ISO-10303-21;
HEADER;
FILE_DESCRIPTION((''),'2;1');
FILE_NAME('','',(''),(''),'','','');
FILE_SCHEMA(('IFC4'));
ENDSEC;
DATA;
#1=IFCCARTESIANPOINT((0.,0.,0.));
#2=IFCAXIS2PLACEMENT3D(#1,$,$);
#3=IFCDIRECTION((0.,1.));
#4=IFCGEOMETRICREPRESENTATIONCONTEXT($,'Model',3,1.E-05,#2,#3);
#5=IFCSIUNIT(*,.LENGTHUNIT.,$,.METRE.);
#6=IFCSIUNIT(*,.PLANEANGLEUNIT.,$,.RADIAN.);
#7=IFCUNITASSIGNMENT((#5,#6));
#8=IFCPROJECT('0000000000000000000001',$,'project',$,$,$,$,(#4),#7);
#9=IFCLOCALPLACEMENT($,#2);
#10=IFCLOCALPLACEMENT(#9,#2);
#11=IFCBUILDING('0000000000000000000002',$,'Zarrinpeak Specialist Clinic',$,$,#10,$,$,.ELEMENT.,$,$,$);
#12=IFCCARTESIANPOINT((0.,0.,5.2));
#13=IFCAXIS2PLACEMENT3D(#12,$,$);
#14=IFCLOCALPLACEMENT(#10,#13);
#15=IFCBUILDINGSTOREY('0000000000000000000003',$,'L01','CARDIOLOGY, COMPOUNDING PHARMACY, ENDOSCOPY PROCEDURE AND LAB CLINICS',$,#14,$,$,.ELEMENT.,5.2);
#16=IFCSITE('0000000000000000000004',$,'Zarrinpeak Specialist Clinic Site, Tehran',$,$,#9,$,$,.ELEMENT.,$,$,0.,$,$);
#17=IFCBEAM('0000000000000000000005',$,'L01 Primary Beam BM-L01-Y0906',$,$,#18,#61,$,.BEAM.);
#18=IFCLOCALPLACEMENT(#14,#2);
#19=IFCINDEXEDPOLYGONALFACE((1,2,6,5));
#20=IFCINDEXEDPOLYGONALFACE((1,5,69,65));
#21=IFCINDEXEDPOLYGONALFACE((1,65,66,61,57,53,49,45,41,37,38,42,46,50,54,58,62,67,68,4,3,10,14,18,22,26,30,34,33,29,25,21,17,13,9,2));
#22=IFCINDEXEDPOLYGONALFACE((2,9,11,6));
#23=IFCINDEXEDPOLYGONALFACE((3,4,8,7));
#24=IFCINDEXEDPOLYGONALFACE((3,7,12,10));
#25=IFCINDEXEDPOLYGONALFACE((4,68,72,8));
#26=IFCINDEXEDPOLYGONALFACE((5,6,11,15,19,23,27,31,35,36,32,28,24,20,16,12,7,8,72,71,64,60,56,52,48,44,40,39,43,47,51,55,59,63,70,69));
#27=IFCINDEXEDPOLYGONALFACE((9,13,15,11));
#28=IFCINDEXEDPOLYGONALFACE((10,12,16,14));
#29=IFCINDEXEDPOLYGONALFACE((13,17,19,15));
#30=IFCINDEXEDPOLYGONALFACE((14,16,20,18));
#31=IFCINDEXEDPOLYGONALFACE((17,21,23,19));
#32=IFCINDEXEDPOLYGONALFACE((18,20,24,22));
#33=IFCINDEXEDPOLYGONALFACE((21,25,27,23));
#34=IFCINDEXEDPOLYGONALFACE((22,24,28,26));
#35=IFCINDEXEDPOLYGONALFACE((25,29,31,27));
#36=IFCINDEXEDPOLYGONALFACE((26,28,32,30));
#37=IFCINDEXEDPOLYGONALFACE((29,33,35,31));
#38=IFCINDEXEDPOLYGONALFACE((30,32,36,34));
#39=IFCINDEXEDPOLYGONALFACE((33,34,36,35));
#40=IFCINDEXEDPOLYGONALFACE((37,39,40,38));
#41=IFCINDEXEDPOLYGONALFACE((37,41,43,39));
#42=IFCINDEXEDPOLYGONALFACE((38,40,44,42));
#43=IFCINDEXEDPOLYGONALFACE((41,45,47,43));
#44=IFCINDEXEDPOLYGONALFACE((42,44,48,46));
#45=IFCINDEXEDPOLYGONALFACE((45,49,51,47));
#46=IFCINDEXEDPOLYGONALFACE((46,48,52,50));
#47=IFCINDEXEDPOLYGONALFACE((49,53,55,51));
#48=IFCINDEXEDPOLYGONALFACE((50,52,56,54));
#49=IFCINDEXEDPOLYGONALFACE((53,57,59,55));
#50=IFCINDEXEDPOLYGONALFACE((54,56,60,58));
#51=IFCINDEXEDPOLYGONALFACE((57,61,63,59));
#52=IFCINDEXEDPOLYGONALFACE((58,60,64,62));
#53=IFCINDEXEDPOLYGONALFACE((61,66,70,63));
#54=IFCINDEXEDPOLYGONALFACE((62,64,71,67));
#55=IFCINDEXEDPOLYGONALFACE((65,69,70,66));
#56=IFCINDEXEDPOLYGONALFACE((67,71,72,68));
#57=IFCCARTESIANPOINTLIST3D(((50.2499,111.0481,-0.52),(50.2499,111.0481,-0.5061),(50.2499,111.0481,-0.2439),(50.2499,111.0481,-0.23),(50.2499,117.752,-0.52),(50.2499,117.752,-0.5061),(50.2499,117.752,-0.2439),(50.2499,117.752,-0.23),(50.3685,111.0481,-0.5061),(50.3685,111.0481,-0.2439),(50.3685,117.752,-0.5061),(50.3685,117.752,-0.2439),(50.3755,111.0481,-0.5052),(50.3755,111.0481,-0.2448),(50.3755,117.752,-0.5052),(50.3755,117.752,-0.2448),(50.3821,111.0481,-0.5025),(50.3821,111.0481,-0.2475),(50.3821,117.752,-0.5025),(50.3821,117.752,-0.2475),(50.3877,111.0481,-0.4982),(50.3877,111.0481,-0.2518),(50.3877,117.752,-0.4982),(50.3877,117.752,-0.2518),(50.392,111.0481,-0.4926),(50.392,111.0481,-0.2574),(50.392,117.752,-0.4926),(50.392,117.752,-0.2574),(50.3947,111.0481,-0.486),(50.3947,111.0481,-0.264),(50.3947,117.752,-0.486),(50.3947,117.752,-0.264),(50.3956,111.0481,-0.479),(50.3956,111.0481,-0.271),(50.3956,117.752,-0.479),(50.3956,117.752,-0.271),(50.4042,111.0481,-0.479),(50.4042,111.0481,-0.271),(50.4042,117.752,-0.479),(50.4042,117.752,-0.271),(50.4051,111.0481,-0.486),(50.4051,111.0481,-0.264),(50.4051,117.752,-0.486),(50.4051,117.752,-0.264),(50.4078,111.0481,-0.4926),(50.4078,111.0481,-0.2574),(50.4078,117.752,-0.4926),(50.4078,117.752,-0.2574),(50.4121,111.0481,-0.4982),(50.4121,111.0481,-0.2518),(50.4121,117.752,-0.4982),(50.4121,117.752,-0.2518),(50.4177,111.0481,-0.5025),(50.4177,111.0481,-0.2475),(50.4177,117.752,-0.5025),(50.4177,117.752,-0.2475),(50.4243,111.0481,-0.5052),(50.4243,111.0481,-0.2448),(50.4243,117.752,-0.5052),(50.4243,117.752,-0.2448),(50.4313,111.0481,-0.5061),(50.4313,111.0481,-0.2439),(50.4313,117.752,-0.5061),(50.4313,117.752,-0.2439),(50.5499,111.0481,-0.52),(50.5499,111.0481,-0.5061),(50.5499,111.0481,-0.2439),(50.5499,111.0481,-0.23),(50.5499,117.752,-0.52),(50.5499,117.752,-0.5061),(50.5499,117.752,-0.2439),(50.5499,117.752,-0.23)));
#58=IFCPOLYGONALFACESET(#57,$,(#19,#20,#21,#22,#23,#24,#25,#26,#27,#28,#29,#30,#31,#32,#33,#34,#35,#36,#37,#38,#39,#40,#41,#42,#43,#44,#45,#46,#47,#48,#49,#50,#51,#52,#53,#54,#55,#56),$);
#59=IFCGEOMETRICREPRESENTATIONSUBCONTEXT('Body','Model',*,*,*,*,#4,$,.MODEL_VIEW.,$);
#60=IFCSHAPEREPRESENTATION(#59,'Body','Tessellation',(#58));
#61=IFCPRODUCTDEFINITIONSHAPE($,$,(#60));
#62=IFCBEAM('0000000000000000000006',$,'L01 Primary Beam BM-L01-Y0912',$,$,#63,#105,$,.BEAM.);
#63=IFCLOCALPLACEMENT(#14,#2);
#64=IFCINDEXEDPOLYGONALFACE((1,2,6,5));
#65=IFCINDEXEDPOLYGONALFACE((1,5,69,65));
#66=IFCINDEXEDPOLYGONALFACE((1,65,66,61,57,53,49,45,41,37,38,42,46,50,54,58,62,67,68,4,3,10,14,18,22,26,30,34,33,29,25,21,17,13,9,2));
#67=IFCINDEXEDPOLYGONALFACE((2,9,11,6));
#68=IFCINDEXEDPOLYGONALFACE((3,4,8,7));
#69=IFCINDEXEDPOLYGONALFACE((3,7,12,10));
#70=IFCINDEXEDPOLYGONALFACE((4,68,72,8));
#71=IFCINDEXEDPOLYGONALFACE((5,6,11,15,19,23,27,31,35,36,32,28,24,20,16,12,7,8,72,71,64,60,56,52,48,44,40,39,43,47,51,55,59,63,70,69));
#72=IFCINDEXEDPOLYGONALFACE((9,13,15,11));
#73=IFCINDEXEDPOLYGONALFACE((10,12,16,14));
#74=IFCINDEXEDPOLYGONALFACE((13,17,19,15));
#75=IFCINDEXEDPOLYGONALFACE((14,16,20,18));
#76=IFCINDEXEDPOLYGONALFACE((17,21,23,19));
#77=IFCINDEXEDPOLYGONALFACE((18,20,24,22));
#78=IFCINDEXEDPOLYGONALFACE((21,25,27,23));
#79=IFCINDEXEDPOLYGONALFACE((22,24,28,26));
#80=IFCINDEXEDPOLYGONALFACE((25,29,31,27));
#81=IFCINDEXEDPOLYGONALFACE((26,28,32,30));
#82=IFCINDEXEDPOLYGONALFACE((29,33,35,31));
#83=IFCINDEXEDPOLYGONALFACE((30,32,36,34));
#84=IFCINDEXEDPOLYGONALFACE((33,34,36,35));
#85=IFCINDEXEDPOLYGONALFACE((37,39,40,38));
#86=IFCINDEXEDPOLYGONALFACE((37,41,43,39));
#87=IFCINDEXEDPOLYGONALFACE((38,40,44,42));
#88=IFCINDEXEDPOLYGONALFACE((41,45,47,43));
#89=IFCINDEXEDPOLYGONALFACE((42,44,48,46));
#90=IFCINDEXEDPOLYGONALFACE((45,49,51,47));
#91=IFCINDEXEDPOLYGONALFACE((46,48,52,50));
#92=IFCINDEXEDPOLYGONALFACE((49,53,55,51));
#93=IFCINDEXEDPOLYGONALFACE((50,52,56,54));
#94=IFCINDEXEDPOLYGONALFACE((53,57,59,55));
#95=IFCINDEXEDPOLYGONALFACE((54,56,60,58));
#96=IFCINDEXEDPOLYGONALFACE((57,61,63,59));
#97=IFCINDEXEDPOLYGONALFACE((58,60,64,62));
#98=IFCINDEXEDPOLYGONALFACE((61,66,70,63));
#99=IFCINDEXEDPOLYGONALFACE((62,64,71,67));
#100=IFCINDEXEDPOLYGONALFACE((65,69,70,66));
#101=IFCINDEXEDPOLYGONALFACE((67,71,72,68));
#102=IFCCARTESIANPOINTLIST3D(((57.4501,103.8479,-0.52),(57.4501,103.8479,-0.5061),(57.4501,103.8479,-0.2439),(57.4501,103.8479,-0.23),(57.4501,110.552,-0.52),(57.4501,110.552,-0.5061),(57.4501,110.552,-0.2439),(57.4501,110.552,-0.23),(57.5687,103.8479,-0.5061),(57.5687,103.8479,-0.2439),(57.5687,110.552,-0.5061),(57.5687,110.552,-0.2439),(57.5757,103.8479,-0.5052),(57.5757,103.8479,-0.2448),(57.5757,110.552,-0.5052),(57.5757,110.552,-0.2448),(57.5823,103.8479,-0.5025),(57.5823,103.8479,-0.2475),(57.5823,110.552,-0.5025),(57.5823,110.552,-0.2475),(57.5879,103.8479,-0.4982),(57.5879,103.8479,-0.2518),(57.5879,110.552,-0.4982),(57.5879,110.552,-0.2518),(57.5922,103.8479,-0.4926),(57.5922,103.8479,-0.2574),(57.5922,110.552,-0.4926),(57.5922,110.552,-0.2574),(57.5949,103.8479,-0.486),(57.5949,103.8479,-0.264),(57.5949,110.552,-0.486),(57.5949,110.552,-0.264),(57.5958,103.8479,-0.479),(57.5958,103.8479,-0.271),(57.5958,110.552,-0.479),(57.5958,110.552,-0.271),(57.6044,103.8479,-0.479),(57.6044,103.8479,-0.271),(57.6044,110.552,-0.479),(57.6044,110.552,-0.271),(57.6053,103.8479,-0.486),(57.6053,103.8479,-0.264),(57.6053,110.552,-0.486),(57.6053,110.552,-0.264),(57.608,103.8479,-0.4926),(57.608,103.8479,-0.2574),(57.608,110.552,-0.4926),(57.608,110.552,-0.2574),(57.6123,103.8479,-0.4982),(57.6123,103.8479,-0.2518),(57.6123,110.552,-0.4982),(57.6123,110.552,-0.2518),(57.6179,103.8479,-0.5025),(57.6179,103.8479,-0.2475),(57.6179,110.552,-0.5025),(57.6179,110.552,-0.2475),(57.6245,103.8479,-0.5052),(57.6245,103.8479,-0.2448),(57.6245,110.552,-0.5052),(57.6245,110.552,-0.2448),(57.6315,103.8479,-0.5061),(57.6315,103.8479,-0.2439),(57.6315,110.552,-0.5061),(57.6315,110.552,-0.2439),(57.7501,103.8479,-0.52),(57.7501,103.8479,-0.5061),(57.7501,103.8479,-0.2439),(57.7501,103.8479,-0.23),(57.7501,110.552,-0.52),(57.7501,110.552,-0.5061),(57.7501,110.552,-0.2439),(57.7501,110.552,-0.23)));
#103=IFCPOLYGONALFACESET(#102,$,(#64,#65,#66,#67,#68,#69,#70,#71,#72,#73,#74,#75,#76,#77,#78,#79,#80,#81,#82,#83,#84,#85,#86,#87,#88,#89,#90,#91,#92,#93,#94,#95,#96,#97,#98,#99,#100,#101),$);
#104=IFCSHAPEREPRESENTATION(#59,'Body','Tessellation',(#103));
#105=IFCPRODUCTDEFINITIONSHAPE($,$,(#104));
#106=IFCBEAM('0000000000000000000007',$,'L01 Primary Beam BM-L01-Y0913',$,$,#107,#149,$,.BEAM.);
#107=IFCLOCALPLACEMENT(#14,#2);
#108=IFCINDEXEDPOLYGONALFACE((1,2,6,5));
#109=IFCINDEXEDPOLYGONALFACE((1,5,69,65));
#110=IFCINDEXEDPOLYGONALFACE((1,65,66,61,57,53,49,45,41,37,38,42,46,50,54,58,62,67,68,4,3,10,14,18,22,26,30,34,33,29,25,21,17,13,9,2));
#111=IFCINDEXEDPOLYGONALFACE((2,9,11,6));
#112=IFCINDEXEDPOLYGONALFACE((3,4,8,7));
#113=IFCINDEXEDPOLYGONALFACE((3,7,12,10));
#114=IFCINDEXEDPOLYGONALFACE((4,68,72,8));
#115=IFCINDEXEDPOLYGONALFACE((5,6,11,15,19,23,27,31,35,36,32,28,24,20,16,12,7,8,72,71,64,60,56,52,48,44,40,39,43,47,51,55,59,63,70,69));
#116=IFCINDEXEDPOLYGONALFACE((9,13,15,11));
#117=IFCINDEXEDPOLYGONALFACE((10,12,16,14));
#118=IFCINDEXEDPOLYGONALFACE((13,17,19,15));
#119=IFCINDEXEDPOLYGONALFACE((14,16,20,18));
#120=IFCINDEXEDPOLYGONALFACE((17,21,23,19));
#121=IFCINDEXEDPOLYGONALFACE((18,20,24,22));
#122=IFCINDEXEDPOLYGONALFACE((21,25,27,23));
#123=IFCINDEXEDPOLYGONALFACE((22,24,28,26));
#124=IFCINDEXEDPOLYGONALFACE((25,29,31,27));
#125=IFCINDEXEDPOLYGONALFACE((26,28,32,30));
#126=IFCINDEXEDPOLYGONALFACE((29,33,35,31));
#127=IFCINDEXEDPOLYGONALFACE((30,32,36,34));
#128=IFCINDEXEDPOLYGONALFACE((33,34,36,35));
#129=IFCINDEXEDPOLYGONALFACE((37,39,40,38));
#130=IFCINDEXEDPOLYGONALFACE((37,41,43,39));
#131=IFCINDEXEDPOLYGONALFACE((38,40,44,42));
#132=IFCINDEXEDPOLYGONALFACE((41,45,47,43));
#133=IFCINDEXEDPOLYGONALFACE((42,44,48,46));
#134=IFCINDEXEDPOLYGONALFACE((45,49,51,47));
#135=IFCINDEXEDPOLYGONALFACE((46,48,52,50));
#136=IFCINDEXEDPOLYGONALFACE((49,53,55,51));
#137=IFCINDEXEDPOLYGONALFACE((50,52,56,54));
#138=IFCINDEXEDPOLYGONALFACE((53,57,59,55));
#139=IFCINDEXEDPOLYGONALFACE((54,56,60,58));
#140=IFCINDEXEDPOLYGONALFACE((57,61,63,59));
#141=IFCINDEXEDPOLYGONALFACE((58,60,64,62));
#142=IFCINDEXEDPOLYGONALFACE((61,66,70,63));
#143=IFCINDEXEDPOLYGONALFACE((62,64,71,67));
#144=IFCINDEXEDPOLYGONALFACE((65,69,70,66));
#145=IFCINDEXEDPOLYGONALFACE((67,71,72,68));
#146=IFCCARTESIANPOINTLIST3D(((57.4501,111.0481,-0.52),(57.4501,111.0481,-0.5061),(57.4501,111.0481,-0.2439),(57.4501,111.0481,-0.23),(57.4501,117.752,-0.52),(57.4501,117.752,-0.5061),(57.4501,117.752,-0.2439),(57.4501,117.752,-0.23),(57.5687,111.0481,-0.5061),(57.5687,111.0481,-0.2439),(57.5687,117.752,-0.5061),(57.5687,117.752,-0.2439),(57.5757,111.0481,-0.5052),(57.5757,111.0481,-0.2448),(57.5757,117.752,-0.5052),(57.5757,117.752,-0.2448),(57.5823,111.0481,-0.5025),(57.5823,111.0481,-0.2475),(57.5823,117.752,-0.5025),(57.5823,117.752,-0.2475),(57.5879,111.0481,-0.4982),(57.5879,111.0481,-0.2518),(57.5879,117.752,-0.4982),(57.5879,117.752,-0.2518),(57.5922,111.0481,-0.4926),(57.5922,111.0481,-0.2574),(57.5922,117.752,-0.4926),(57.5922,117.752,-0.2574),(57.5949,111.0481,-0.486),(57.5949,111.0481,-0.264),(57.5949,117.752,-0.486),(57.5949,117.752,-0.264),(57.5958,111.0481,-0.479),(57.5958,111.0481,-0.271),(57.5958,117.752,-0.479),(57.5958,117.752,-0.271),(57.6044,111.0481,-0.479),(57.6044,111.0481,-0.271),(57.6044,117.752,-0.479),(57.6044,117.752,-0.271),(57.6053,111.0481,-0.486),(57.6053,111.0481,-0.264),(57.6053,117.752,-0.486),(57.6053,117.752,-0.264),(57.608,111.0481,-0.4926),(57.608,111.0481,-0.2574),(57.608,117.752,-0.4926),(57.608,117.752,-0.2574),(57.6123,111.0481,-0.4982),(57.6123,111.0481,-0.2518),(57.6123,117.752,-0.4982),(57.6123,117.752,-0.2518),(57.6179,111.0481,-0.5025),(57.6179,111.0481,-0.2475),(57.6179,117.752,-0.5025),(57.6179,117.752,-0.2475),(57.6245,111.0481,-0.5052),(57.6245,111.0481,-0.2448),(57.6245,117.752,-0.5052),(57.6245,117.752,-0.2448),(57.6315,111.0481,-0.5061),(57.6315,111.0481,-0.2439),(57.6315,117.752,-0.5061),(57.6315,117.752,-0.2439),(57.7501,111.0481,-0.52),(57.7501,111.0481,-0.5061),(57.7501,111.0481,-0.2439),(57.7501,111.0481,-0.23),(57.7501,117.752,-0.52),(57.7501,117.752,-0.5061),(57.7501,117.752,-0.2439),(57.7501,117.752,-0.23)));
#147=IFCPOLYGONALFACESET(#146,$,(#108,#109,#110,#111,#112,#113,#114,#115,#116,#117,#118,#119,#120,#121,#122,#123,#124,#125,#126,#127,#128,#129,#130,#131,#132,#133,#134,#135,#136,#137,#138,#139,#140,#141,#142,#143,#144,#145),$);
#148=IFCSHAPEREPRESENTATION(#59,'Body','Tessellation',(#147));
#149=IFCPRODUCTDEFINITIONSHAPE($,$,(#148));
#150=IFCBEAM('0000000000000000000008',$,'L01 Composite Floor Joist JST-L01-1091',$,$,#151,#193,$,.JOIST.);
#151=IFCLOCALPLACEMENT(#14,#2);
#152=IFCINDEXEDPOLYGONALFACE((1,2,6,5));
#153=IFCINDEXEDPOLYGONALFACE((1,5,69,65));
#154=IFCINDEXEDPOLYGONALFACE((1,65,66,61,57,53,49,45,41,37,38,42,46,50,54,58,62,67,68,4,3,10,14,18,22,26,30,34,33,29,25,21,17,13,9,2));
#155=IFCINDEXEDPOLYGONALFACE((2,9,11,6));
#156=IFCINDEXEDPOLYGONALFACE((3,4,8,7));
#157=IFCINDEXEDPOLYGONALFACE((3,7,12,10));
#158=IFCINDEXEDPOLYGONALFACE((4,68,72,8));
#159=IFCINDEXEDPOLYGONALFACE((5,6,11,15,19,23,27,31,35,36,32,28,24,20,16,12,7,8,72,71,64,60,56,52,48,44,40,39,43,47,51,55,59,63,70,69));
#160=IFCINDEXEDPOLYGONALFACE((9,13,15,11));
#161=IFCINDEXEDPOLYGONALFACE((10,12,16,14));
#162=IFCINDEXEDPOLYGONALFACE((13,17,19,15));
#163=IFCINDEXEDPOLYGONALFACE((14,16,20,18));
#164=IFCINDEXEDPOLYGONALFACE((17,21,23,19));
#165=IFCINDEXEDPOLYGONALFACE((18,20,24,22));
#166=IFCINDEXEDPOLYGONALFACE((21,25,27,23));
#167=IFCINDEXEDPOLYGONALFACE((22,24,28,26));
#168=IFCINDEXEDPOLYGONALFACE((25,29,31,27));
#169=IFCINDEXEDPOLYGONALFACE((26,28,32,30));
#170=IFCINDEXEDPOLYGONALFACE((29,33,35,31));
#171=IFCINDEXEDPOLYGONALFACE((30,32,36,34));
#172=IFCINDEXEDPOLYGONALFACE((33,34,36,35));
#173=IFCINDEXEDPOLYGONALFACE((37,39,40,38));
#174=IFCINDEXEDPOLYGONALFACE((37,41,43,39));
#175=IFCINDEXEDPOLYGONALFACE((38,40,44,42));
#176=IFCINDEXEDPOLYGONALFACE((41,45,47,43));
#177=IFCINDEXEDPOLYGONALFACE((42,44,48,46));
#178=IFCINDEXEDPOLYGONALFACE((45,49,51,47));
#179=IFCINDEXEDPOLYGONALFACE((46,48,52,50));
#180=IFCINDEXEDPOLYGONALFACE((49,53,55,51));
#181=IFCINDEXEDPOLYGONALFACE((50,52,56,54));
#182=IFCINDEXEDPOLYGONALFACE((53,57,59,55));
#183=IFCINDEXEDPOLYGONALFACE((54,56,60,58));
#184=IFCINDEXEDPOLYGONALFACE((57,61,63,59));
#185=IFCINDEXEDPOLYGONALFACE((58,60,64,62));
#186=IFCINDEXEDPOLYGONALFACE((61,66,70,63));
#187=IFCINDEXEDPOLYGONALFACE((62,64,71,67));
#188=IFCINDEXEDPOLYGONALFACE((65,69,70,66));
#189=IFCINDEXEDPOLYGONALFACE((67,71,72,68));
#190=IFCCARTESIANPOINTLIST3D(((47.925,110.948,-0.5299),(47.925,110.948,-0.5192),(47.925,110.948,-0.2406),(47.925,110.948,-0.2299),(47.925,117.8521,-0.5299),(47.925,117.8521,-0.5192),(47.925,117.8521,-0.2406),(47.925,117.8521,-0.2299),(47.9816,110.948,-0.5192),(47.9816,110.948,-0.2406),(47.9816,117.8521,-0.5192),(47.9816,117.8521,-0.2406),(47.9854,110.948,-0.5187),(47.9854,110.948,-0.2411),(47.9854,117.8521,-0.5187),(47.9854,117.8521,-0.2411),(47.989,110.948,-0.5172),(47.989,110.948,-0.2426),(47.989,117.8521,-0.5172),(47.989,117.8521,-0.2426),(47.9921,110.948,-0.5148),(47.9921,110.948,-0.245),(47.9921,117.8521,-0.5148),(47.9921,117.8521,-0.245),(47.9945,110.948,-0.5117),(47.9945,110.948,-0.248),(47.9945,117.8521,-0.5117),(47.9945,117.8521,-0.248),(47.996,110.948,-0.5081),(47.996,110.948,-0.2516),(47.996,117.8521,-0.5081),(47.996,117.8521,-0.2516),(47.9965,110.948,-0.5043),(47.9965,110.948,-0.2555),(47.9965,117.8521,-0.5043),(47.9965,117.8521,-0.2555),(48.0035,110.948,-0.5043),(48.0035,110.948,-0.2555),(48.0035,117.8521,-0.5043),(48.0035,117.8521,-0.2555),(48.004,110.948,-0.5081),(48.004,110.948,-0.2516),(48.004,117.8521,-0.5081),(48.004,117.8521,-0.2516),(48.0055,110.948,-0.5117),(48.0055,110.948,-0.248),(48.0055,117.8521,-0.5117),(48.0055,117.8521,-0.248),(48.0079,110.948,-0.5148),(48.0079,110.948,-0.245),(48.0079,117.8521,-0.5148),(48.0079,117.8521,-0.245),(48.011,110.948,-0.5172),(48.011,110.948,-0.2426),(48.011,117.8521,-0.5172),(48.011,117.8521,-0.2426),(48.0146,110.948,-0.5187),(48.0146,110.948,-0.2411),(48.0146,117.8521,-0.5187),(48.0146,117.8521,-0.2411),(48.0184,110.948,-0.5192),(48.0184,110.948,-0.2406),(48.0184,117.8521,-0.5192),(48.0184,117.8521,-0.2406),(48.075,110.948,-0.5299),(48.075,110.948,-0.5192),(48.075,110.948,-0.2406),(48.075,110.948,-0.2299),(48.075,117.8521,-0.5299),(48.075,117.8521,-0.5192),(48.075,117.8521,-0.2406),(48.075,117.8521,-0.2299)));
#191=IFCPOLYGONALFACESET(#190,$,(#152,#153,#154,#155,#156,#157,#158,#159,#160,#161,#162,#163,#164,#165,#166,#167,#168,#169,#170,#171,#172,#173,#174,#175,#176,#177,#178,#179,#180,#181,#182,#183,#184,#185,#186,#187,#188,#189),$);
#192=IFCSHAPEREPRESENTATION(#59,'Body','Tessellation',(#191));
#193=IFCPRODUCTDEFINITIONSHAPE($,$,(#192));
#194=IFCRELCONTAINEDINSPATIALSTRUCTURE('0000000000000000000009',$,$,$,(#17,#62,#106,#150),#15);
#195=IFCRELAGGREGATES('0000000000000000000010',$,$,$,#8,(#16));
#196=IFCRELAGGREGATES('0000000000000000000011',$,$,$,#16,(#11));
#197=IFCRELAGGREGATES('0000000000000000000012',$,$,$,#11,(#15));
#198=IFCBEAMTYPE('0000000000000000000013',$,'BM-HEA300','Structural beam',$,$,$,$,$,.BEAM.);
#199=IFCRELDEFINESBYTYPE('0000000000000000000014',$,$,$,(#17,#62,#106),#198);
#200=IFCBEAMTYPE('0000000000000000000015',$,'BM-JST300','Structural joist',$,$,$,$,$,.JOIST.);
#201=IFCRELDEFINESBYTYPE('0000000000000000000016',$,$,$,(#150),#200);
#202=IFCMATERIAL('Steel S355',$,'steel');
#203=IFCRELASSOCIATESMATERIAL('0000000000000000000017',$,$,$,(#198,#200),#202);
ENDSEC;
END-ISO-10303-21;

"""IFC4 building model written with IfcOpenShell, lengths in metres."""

from ifc_helpers import new_model, si_unit, direction, frame, origin, origin_2d, place, context, subcontext, project, spatial, i_section, extrude, material, material_profile, profile_set, type_object, element, save


model = new_model("IFC4")

# Units and contexts
model_context = context("Model", 3, precision=1e-05, world=origin(), true_north=direction((0.0, 1.0)))
body_context = subcontext(model_context, "Body", "Model", "MODEL_VIEW")
ifc_project = project(units=[si_unit("LENGTHUNIT", "METRE"), si_unit("PLANEANGLEUNIT", "RADIAN")], contexts=[model_context])

# Site, building, storey
site_placement = place(None, origin())
site = spatial("IfcSite", under=ifc_project, at=site_placement, Name="Zarrinpeak Specialist Clinic Site, Tehran", CompositionType="ELEMENT", RefElevation=0.0)
building_placement = place(site_placement, origin())
building = spatial("IfcBuilding", under=site, at=building_placement, Name="Zarrinpeak Specialist Clinic", CompositionType="ELEMENT")
storey_placement = place(building_placement, frame((0.0, 0.0, 5.2)))
storey = spatial("IfcBuildingStorey", under=building, at=storey_placement, Name="L01", Description="CARDIOLOGY, COMPOUNDING PHARMACY, ENDOSCOPY PROCEDURE AND LAB CLINICS", CompositionType="ELEMENT", Elevation=5.2)

# Shared definitions
ifc_material_1 = material(Name="Steel S355", Category="steel")

# Beams
ifc_material_profile_1 = material_profile(ifc_material_1, i_section(OverallWidth=0.3, OverallDepth=0.29, WebThickness=0.0085, FlangeThickness=0.0139, FilletRadius=0.0271, at=origin_2d()), Name="HEA 300")
ifc_profile_set_1 = profile_set([ifc_material_profile_1], Name="Steel S355")
beam_type_1 = type_object("IfcBeamType", Name="BM-HEA300", Description="Structural beam", PredefinedType="BEAM", material=ifc_profile_set_1)
beam_1_placement = place(storey_placement, frame((50.3999, 111.0481, -0.375), z_axis=(0.0, 1.0, 0.0), x_axis=(-1.0, 0.0, 0.0)))
element("IfcBeam", 1, at=beam_1_placement, inside=storey, type_object=beam_type_1, Name="L01 Primary Beam BM-L01-Y0906", PredefinedType="BEAM", context=body_context, shape_type="SweptSolid", body=[
    extrude(i_section(OverallWidth=0.3, OverallDepth=0.29, WebThickness=0.0085, FlangeThickness=0.0139, FilletRadius=0.0271, at=origin_2d()), origin(), (0.0, 0.0, 1.0), 6.7039),
])
beam_2_placement = place(storey_placement, frame((57.6001, 103.8479, -0.375), z_axis=(0.0, 1.0, 0.0), x_axis=(-1.0, 0.0, 0.0)))
element("IfcBeam", 2, at=beam_2_placement, inside=storey, type_object=beam_type_1, Name="L01 Primary Beam BM-L01-Y0912", PredefinedType="BEAM", context=body_context, shape_type="SweptSolid", body=[
    extrude(i_section(OverallWidth=0.3, OverallDepth=0.29, WebThickness=0.0085, FlangeThickness=0.0139, FilletRadius=0.0271, at=origin_2d()), origin(), (0.0, 0.0, 1.0), 6.7041),
])
beam_3_placement = place(storey_placement, frame((57.6001, 111.0481, -0.375), z_axis=(0.0, 1.0, 0.0), x_axis=(-1.0, 0.0, 0.0)))
element("IfcBeam", 3, at=beam_3_placement, inside=storey, type_object=beam_type_1, Name="L01 Primary Beam BM-L01-Y0913", PredefinedType="BEAM", context=body_context, shape_type="SweptSolid", body=[
    extrude(i_section(OverallWidth=0.3, OverallDepth=0.29, WebThickness=0.0085, FlangeThickness=0.0139, FilletRadius=0.0271, at=origin_2d()), origin(), (0.0, 0.0, 1.0), 6.7039),
])
ifc_material_profile_2 = material_profile(ifc_material_1, i_section(OverallWidth=0.1499, OverallDepth=0.3, WebThickness=0.0071, FlangeThickness=0.0107, FilletRadius=0.0149, at=origin_2d()), Name="IPE 300")
ifc_profile_set_2 = profile_set([ifc_material_profile_2], Name="Steel S355")
beam_type_2 = type_object("IfcBeamType", Name="BM-JST300", Description="Structural joist", PredefinedType="JOIST", material=ifc_profile_set_2)
for number, where, z_axis, x_axis, name in (
    (4, (48.0, 110.948, -0.3799), (0.0, 1.0, 0.0), (-1.0, 0.0, 0.0), "L01 Composite Floor Joist JST-L01-1091"),
):
    element("IfcBeam", number, at=place(storey_placement, frame(where, z_axis=z_axis, x_axis=x_axis)), inside=storey, type_object=beam_type_2, Name=name, PredefinedType="JOIST", context=body_context, shape_type="SweptSolid", body=[
        extrude(i_section(OverallWidth=0.1499, OverallDepth=0.3, WebThickness=0.0071, FlangeThickness=0.0107, FilletRadius=0.0149, at=origin_2d()), origin(), (0.0, 0.0, 1.0), 6.9041),
    ])

save(model, "model.ifc")
